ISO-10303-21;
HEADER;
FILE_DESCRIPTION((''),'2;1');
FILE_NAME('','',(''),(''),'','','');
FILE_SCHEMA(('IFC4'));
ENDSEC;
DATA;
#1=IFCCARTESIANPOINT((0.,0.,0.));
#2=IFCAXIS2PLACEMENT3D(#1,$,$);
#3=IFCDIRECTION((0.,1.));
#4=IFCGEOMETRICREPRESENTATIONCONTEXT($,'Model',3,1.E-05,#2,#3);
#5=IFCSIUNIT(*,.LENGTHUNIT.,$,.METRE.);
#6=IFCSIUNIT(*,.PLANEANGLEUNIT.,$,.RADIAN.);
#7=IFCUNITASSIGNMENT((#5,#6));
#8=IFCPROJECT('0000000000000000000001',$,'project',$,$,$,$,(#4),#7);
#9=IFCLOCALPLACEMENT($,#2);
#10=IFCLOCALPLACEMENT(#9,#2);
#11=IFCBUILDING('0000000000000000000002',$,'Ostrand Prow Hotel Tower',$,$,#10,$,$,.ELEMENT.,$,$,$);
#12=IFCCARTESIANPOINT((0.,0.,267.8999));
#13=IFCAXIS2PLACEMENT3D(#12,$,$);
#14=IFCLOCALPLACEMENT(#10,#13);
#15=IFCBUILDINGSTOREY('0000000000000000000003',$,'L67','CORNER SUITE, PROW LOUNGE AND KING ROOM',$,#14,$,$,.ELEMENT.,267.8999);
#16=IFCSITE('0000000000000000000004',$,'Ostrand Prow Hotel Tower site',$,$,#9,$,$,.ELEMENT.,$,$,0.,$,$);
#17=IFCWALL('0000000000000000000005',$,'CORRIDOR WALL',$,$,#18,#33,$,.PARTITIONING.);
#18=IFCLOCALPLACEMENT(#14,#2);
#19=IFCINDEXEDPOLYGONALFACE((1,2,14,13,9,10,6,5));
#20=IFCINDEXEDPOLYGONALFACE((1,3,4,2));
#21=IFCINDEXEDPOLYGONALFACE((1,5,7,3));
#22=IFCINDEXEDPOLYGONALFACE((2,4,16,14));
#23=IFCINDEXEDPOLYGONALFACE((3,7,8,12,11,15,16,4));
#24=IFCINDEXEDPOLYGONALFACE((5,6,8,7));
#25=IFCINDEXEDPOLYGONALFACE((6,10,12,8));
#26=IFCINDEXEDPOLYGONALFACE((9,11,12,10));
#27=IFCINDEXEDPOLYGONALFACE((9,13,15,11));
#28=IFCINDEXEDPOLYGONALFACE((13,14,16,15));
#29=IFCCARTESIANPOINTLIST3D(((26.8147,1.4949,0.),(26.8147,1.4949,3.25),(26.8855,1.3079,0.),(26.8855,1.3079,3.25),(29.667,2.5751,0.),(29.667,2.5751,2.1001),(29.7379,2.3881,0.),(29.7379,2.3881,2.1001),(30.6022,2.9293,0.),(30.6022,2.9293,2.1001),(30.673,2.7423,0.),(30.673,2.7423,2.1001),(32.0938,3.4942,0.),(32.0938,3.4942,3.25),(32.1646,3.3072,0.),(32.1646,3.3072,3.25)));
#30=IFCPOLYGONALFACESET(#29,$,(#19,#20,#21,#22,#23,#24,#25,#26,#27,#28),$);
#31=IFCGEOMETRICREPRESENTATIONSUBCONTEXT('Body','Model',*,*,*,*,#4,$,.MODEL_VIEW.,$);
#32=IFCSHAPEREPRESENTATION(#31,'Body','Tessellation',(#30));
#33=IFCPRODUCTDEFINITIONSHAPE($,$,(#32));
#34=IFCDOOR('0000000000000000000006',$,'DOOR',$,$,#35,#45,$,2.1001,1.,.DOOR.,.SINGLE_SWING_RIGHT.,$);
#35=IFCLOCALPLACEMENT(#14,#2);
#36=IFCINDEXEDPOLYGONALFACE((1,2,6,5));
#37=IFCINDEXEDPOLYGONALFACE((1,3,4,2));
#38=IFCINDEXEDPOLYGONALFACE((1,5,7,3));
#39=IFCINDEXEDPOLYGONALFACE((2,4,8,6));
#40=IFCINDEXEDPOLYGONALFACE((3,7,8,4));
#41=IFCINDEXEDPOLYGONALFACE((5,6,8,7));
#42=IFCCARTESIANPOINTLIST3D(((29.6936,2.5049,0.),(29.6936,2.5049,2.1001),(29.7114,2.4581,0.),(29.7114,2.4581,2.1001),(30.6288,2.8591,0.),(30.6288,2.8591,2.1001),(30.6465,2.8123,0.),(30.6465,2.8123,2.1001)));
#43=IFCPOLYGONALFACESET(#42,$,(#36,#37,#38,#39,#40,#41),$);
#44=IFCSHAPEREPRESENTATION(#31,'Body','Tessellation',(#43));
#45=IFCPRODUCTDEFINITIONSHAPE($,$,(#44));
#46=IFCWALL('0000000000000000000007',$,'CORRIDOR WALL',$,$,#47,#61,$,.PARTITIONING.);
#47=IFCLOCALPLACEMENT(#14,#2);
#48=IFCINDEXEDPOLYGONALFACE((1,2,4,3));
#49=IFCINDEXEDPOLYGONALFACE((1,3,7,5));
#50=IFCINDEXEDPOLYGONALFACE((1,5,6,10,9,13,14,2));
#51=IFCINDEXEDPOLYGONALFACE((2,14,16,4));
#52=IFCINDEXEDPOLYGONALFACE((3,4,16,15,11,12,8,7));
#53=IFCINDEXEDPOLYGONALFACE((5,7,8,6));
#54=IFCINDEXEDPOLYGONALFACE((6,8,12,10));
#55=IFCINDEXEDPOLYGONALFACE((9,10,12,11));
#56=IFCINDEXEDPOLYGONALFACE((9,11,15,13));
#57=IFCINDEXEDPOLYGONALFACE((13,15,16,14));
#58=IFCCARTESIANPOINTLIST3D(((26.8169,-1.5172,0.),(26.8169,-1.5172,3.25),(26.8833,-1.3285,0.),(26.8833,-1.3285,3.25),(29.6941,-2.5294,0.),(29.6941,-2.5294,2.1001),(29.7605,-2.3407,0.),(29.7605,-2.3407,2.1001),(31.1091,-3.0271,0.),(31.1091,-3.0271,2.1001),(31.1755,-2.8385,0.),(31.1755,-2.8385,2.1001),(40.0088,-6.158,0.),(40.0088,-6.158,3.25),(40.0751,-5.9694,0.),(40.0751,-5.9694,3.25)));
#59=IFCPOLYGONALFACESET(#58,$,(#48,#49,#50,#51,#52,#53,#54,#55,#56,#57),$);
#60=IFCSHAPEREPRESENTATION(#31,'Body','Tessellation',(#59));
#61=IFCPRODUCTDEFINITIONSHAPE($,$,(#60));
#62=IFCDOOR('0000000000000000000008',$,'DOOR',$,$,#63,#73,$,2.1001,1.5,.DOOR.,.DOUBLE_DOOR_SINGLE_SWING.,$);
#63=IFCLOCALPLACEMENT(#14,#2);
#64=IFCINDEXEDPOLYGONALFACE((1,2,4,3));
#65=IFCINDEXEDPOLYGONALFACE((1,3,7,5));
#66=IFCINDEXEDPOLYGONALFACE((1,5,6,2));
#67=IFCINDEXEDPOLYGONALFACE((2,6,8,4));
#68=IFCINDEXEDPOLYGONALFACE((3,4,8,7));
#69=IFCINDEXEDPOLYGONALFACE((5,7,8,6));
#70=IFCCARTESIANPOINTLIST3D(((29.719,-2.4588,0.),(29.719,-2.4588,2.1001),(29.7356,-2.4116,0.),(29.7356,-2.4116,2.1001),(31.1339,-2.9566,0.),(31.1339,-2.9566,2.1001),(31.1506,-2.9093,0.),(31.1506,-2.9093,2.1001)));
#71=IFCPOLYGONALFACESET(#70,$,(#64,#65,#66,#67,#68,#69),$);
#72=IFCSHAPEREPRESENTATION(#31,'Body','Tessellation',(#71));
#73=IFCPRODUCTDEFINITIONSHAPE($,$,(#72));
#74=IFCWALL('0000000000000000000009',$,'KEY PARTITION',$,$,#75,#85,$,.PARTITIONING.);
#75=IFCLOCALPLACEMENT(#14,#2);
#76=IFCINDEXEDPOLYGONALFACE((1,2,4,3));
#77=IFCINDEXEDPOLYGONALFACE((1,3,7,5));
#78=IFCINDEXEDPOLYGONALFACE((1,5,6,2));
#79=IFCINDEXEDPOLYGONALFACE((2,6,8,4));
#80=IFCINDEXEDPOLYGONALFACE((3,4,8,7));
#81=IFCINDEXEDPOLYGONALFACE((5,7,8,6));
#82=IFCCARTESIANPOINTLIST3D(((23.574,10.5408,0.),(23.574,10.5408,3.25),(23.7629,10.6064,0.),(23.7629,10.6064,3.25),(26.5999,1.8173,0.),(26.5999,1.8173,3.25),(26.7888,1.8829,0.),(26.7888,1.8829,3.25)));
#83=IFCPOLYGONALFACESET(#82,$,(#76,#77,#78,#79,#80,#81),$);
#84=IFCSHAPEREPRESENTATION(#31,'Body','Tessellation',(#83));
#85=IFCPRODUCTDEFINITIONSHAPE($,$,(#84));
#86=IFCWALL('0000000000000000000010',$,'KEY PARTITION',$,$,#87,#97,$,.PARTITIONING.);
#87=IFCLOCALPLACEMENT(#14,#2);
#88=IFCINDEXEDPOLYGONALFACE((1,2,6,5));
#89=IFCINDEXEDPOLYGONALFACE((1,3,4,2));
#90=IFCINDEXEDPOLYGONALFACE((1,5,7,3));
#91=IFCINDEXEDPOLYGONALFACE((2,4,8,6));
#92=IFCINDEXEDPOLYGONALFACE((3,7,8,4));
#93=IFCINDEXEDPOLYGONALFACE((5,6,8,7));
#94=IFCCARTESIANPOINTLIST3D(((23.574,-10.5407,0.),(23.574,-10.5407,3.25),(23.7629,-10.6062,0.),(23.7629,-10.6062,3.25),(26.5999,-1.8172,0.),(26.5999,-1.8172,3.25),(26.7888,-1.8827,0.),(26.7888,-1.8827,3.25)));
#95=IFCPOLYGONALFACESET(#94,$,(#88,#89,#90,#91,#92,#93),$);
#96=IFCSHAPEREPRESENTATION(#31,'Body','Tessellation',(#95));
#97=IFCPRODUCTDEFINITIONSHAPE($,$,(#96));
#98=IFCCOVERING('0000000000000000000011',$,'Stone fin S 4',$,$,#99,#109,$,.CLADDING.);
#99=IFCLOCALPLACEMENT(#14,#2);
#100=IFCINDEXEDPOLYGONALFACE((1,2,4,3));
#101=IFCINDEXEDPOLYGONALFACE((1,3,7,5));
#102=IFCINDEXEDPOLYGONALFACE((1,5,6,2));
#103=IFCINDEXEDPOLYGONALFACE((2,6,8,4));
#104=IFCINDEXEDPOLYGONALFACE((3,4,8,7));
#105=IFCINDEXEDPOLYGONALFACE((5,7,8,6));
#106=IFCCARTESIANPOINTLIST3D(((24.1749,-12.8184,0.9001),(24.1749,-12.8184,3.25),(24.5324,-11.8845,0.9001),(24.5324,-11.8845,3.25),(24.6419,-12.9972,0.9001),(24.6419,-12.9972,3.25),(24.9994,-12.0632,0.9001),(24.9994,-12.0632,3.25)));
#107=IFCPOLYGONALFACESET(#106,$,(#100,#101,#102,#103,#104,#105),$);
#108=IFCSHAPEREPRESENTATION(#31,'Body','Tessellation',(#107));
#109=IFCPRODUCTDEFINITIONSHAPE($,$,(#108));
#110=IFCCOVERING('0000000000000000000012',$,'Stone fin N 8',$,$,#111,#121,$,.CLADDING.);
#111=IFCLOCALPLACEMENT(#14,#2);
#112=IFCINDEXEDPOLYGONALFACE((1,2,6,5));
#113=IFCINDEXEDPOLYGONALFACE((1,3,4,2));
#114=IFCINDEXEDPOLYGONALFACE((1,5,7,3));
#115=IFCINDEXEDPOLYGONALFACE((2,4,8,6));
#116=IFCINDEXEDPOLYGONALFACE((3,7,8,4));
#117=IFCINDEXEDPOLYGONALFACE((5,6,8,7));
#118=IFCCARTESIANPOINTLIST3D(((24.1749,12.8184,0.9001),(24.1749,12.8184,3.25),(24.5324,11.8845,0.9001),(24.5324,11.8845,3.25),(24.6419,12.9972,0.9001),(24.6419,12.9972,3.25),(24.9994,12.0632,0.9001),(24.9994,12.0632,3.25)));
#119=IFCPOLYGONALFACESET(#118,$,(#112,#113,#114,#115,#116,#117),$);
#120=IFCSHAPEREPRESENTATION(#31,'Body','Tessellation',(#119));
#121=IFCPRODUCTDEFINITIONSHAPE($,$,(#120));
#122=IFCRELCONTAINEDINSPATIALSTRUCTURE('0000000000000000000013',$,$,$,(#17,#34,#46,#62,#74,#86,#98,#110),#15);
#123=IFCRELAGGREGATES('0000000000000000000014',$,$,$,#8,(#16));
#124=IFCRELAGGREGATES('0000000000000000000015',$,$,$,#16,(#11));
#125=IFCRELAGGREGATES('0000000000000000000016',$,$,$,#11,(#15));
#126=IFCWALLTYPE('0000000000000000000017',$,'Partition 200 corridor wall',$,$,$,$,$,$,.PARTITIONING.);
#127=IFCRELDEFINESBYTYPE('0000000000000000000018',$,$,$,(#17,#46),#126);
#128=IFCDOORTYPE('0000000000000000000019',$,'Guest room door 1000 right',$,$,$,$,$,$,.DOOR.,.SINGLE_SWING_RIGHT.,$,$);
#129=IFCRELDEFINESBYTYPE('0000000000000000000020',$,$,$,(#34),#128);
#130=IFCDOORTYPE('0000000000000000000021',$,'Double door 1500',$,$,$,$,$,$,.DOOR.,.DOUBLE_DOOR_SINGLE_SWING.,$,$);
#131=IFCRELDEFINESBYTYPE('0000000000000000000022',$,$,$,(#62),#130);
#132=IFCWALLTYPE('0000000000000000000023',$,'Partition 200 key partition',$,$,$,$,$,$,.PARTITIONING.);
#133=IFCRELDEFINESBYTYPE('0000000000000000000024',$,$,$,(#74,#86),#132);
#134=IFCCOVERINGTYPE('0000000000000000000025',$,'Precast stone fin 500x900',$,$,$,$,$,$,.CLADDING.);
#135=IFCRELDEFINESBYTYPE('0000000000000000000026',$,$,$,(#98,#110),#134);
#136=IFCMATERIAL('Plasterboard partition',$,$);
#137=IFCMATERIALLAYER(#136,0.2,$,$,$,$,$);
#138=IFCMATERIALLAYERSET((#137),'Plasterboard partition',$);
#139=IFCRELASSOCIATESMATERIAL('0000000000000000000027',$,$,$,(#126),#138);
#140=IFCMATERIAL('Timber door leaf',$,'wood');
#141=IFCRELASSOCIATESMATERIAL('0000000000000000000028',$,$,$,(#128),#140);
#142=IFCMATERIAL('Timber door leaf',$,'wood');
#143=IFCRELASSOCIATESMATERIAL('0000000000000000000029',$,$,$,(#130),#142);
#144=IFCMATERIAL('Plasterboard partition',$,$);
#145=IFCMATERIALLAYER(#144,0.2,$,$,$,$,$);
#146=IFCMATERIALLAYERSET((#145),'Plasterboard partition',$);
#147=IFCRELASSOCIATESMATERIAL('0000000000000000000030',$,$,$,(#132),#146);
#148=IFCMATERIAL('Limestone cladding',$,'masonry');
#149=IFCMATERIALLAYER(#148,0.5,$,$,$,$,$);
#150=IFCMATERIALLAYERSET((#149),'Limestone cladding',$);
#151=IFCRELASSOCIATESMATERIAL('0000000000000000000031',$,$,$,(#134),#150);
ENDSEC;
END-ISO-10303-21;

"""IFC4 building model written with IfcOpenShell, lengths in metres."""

from ifc_helpers import new_model, si_unit, direction, frame, frame_2d, origin, place, context, subcontext, project, spatial, rectangle, extrude, material, layer, layer_set, type_object, element, fill, save


model = new_model("IFC4")

# Units and contexts
model_context = context("Model", 3, precision=1e-05, world=origin(), true_north=direction((0.0, 1.0)))
body_context = subcontext(model_context, "Body", "Model", "MODEL_VIEW")
ifc_project = project(units=[si_unit("LENGTHUNIT", "METRE"), si_unit("PLANEANGLEUNIT", "RADIAN")], contexts=[model_context])

# Site, building, storey
site_placement = place(None, origin())
site = spatial("IfcSite", under=ifc_project, at=site_placement, Name="Ostrand Prow Hotel Tower site", CompositionType="ELEMENT", RefElevation=0.0)
building_placement = place(site_placement, origin())
building = spatial("IfcBuilding", under=site, at=building_placement, Name="Ostrand Prow Hotel Tower", CompositionType="ELEMENT")
storey_placement = place(building_placement, frame((0.0, 0.0, 267.8999)))
storey = spatial("IfcBuildingStorey", under=building, at=storey_placement, Name="L67", Description="CORNER SUITE, PROW LOUNGE AND KING ROOM", CompositionType="ELEMENT", Elevation=267.8999)

# Walls, openings, doors
ifc_material_1 = material(Name="Plasterboard partition")
ifc_layer_1 = layer(ifc_material_1, 0.2)
ifc_layer_set_1 = layer_set([ifc_layer_1], Name="Plasterboard partition")
wall_type_1 = type_object("IfcWallType", Name="Partition 200 corridor wall", PredefinedType="PARTITIONING", material=ifc_layer_set_1)
wall_1_placement = place(storey_placement, frame((26.8501, 1.4014, 0.0), z_axis=(0.0, 0.0, 1.0), x_axis=(0.935181, 0.354169, 0.0)))
wall_1 = element("IfcWall", 1, at=wall_1_placement, inside=storey, type_object=wall_type_1, Name="CORRIDOR WALL", PredefinedType="PARTITIONING", context=body_context, shape_type="SweptSolid", body=[
    extrude(rectangle(XDim=5.645, YDim=0.2, at=frame_2d((2.8225, 0.0))), origin(), (0.0, 0.0, 1.0), 3.25),
])
opening_1_placement = place(wall_1_placement, frame((3.05, 0.0, 0.0)))
opening_1 = element("IfcOpeningElement", 2, at=opening_1_placement, cuts=wall_1, PredefinedType="OPENING", context=body_context, shape_type="SweptSolid", body=[
    extrude(rectangle(XDim=1.0, YDim=2.1001, at=frame_2d((0.5, 1.05))), frame((0.0, 0.1099, 0.0), z_axis=(0.0, -1.0, 0.0), x_axis=(1.0, 0.0, 0.0)), (0.0, 0.0, 1.0), 0.22),
])
ifc_material_2 = material(Name="Timber door leaf", Category="wood")
door_type_1 = type_object("IfcDoorType", Name="Guest room door 1000 right", OperationType="SINGLE_SWING_RIGHT", PredefinedType="DOOR", material=ifc_material_2)
door_1_placement = place(opening_1_placement, origin())
door_1 = element("IfcDoor", 3, at=door_1_placement, inside=storey, type_object=door_type_1, Name="DOOR", OperationType="SINGLE_SWING_RIGHT", OverallHeight=2.1001, OverallWidth=1.0, PredefinedType="DOOR", context=body_context, shape_type="SweptSolid", body=[
    extrude(rectangle(XDim=1.0, YDim=2.1001, at=frame_2d((0.5, 1.05))), frame((0.0, 0.0249, 0.0), z_axis=(0.0, -1.0, 0.0), x_axis=(1.0, 0.0, 0.0)), (0.0, 0.0, 1.0), 0.05),
])
fill(opening_1, door_1)
wall_2_placement = place(storey_placement, frame((26.8501, -1.4229, 0.0), z_axis=(0.0, 0.0, 1.0), x_axis=(0.943329, -0.33186, 0.0)))
wall_2 = element("IfcWall", 4, at=wall_2_placement, inside=storey, type_object=wall_type_1, Name="CORRIDOR WALL", PredefinedType="PARTITIONING", context=body_context, shape_type="SweptSolid", body=[
    extrude(rectangle(XDim=13.9844, YDim=0.2, at=frame_2d((6.9922, 0.0))), origin(), (0.0, 0.0, 1.0), 3.25),
])
opening_2_placement = place(wall_2_placement, frame((3.05, 0.0, 0.0)))
opening_2 = element("IfcOpeningElement", 5, at=opening_2_placement, cuts=wall_2, PredefinedType="OPENING", context=body_context, shape_type="SweptSolid", body=[
    extrude(rectangle(XDim=1.5, YDim=2.1001, at=frame_2d((0.75, 1.05))), frame((0.0, 0.1099, 0.0), z_axis=(0.0, -1.0, 0.0), x_axis=(1.0, 0.0, 0.0)), (0.0, 0.0, 1.0), 0.22),
])
ifc_material_3 = material(Name="Timber door leaf", Category="wood")
door_type_2 = type_object("IfcDoorType", Name="Double door 1500", OperationType="DOUBLE_DOOR_SINGLE_SWING", PredefinedType="DOOR", material=ifc_material_3)
door_2_placement = place(opening_2_placement, origin())
door_2 = element("IfcDoor", 6, at=door_2_placement, inside=storey, type_object=door_type_2, Name="DOOR", OperationType="DOUBLE_DOOR_SINGLE_SWING", OverallHeight=2.1001, OverallWidth=1.5, PredefinedType="DOOR", context=body_context, shape_type="SweptSolid", body=[
    extrude(rectangle(XDim=1.5, YDim=2.1001, at=frame_2d((0.75, 1.05))), frame((0.0, 0.0249, 0.0), z_axis=(0.0, -1.0, 0.0), x_axis=(1.0, 0.0, 0.0)), (0.0, 0.0, 1.0), 0.05),
])
fill(opening_2, door_2)

# Walls
ifc_material_4 = material(Name="Plasterboard partition")
ifc_layer_2 = layer(ifc_material_4, 0.2)
ifc_layer_set_2 = layer_set([ifc_layer_2], Name="Plasterboard partition")
wall_type_2 = type_object("IfcWallType", Name="Partition 200 key partition", PredefinedType="PARTITIONING", material=ifc_layer_set_2)
for number, where, z_axis, x_axis, name in (
    (7, (26.6943, 1.8501, 0.0), (0.0, 0.0, 1.0), (-0.327714, 0.944777, 0.0), "KEY PARTITION"),
    (8, (23.6685, -10.5735, 0.0), (0.0, 0.0, 1.0), (0.327714, 0.944777, 0.0), "KEY PARTITION"),
):
    element("IfcWall", number, at=place(storey_placement, frame(where, z_axis=z_axis, x_axis=x_axis)), inside=storey, type_object=wall_type_2, Name=name, PredefinedType="PARTITIONING", context=body_context, shape_type="SweptSolid", body=[
        extrude(rectangle(XDim=9.2334, YDim=0.2, at=frame_2d((4.6167, 0.0))), origin(), (0.0, 0.0, 1.0), 3.25),
    ])

# Coverings
ifc_material_5 = material(Name="Limestone cladding", Category="masonry")
ifc_layer_3 = layer(ifc_material_5, 0.5)
ifc_layer_set_3 = layer_set([ifc_layer_3], Name="Limestone cladding")
covering_type = type_object("IfcCoveringType", Name="Precast stone fin 500x900", PredefinedType="CLADDING", material=ifc_layer_set_3)
for number, where, z_axis, x_axis, name in (
    (9, (24.7659, -11.9739, 0.9001), (0.0, 0.0, 1.0), (-0.357457, -0.93393, 0.0), "Stone fin S 4"),
    (10, (24.7659, 11.9739, 0.9001), (0.0, 0.0, 1.0), (-0.357457, 0.93393, 0.0), "Stone fin N 8"),
):
    element("IfcCovering", number, at=place(storey_placement, frame(where, z_axis=z_axis, x_axis=x_axis)), inside=storey, type_object=covering_type, Name=name, PredefinedType="CLADDING", context=body_context, shape_type="SweptSolid", body=[
        extrude(rectangle(XDim=1.0, YDim=0.5, at=frame_2d((0.5, 0.0))), origin(), (0.0, 0.0, 1.0), 2.3499),
    ])

save(model, "model.ifc")
